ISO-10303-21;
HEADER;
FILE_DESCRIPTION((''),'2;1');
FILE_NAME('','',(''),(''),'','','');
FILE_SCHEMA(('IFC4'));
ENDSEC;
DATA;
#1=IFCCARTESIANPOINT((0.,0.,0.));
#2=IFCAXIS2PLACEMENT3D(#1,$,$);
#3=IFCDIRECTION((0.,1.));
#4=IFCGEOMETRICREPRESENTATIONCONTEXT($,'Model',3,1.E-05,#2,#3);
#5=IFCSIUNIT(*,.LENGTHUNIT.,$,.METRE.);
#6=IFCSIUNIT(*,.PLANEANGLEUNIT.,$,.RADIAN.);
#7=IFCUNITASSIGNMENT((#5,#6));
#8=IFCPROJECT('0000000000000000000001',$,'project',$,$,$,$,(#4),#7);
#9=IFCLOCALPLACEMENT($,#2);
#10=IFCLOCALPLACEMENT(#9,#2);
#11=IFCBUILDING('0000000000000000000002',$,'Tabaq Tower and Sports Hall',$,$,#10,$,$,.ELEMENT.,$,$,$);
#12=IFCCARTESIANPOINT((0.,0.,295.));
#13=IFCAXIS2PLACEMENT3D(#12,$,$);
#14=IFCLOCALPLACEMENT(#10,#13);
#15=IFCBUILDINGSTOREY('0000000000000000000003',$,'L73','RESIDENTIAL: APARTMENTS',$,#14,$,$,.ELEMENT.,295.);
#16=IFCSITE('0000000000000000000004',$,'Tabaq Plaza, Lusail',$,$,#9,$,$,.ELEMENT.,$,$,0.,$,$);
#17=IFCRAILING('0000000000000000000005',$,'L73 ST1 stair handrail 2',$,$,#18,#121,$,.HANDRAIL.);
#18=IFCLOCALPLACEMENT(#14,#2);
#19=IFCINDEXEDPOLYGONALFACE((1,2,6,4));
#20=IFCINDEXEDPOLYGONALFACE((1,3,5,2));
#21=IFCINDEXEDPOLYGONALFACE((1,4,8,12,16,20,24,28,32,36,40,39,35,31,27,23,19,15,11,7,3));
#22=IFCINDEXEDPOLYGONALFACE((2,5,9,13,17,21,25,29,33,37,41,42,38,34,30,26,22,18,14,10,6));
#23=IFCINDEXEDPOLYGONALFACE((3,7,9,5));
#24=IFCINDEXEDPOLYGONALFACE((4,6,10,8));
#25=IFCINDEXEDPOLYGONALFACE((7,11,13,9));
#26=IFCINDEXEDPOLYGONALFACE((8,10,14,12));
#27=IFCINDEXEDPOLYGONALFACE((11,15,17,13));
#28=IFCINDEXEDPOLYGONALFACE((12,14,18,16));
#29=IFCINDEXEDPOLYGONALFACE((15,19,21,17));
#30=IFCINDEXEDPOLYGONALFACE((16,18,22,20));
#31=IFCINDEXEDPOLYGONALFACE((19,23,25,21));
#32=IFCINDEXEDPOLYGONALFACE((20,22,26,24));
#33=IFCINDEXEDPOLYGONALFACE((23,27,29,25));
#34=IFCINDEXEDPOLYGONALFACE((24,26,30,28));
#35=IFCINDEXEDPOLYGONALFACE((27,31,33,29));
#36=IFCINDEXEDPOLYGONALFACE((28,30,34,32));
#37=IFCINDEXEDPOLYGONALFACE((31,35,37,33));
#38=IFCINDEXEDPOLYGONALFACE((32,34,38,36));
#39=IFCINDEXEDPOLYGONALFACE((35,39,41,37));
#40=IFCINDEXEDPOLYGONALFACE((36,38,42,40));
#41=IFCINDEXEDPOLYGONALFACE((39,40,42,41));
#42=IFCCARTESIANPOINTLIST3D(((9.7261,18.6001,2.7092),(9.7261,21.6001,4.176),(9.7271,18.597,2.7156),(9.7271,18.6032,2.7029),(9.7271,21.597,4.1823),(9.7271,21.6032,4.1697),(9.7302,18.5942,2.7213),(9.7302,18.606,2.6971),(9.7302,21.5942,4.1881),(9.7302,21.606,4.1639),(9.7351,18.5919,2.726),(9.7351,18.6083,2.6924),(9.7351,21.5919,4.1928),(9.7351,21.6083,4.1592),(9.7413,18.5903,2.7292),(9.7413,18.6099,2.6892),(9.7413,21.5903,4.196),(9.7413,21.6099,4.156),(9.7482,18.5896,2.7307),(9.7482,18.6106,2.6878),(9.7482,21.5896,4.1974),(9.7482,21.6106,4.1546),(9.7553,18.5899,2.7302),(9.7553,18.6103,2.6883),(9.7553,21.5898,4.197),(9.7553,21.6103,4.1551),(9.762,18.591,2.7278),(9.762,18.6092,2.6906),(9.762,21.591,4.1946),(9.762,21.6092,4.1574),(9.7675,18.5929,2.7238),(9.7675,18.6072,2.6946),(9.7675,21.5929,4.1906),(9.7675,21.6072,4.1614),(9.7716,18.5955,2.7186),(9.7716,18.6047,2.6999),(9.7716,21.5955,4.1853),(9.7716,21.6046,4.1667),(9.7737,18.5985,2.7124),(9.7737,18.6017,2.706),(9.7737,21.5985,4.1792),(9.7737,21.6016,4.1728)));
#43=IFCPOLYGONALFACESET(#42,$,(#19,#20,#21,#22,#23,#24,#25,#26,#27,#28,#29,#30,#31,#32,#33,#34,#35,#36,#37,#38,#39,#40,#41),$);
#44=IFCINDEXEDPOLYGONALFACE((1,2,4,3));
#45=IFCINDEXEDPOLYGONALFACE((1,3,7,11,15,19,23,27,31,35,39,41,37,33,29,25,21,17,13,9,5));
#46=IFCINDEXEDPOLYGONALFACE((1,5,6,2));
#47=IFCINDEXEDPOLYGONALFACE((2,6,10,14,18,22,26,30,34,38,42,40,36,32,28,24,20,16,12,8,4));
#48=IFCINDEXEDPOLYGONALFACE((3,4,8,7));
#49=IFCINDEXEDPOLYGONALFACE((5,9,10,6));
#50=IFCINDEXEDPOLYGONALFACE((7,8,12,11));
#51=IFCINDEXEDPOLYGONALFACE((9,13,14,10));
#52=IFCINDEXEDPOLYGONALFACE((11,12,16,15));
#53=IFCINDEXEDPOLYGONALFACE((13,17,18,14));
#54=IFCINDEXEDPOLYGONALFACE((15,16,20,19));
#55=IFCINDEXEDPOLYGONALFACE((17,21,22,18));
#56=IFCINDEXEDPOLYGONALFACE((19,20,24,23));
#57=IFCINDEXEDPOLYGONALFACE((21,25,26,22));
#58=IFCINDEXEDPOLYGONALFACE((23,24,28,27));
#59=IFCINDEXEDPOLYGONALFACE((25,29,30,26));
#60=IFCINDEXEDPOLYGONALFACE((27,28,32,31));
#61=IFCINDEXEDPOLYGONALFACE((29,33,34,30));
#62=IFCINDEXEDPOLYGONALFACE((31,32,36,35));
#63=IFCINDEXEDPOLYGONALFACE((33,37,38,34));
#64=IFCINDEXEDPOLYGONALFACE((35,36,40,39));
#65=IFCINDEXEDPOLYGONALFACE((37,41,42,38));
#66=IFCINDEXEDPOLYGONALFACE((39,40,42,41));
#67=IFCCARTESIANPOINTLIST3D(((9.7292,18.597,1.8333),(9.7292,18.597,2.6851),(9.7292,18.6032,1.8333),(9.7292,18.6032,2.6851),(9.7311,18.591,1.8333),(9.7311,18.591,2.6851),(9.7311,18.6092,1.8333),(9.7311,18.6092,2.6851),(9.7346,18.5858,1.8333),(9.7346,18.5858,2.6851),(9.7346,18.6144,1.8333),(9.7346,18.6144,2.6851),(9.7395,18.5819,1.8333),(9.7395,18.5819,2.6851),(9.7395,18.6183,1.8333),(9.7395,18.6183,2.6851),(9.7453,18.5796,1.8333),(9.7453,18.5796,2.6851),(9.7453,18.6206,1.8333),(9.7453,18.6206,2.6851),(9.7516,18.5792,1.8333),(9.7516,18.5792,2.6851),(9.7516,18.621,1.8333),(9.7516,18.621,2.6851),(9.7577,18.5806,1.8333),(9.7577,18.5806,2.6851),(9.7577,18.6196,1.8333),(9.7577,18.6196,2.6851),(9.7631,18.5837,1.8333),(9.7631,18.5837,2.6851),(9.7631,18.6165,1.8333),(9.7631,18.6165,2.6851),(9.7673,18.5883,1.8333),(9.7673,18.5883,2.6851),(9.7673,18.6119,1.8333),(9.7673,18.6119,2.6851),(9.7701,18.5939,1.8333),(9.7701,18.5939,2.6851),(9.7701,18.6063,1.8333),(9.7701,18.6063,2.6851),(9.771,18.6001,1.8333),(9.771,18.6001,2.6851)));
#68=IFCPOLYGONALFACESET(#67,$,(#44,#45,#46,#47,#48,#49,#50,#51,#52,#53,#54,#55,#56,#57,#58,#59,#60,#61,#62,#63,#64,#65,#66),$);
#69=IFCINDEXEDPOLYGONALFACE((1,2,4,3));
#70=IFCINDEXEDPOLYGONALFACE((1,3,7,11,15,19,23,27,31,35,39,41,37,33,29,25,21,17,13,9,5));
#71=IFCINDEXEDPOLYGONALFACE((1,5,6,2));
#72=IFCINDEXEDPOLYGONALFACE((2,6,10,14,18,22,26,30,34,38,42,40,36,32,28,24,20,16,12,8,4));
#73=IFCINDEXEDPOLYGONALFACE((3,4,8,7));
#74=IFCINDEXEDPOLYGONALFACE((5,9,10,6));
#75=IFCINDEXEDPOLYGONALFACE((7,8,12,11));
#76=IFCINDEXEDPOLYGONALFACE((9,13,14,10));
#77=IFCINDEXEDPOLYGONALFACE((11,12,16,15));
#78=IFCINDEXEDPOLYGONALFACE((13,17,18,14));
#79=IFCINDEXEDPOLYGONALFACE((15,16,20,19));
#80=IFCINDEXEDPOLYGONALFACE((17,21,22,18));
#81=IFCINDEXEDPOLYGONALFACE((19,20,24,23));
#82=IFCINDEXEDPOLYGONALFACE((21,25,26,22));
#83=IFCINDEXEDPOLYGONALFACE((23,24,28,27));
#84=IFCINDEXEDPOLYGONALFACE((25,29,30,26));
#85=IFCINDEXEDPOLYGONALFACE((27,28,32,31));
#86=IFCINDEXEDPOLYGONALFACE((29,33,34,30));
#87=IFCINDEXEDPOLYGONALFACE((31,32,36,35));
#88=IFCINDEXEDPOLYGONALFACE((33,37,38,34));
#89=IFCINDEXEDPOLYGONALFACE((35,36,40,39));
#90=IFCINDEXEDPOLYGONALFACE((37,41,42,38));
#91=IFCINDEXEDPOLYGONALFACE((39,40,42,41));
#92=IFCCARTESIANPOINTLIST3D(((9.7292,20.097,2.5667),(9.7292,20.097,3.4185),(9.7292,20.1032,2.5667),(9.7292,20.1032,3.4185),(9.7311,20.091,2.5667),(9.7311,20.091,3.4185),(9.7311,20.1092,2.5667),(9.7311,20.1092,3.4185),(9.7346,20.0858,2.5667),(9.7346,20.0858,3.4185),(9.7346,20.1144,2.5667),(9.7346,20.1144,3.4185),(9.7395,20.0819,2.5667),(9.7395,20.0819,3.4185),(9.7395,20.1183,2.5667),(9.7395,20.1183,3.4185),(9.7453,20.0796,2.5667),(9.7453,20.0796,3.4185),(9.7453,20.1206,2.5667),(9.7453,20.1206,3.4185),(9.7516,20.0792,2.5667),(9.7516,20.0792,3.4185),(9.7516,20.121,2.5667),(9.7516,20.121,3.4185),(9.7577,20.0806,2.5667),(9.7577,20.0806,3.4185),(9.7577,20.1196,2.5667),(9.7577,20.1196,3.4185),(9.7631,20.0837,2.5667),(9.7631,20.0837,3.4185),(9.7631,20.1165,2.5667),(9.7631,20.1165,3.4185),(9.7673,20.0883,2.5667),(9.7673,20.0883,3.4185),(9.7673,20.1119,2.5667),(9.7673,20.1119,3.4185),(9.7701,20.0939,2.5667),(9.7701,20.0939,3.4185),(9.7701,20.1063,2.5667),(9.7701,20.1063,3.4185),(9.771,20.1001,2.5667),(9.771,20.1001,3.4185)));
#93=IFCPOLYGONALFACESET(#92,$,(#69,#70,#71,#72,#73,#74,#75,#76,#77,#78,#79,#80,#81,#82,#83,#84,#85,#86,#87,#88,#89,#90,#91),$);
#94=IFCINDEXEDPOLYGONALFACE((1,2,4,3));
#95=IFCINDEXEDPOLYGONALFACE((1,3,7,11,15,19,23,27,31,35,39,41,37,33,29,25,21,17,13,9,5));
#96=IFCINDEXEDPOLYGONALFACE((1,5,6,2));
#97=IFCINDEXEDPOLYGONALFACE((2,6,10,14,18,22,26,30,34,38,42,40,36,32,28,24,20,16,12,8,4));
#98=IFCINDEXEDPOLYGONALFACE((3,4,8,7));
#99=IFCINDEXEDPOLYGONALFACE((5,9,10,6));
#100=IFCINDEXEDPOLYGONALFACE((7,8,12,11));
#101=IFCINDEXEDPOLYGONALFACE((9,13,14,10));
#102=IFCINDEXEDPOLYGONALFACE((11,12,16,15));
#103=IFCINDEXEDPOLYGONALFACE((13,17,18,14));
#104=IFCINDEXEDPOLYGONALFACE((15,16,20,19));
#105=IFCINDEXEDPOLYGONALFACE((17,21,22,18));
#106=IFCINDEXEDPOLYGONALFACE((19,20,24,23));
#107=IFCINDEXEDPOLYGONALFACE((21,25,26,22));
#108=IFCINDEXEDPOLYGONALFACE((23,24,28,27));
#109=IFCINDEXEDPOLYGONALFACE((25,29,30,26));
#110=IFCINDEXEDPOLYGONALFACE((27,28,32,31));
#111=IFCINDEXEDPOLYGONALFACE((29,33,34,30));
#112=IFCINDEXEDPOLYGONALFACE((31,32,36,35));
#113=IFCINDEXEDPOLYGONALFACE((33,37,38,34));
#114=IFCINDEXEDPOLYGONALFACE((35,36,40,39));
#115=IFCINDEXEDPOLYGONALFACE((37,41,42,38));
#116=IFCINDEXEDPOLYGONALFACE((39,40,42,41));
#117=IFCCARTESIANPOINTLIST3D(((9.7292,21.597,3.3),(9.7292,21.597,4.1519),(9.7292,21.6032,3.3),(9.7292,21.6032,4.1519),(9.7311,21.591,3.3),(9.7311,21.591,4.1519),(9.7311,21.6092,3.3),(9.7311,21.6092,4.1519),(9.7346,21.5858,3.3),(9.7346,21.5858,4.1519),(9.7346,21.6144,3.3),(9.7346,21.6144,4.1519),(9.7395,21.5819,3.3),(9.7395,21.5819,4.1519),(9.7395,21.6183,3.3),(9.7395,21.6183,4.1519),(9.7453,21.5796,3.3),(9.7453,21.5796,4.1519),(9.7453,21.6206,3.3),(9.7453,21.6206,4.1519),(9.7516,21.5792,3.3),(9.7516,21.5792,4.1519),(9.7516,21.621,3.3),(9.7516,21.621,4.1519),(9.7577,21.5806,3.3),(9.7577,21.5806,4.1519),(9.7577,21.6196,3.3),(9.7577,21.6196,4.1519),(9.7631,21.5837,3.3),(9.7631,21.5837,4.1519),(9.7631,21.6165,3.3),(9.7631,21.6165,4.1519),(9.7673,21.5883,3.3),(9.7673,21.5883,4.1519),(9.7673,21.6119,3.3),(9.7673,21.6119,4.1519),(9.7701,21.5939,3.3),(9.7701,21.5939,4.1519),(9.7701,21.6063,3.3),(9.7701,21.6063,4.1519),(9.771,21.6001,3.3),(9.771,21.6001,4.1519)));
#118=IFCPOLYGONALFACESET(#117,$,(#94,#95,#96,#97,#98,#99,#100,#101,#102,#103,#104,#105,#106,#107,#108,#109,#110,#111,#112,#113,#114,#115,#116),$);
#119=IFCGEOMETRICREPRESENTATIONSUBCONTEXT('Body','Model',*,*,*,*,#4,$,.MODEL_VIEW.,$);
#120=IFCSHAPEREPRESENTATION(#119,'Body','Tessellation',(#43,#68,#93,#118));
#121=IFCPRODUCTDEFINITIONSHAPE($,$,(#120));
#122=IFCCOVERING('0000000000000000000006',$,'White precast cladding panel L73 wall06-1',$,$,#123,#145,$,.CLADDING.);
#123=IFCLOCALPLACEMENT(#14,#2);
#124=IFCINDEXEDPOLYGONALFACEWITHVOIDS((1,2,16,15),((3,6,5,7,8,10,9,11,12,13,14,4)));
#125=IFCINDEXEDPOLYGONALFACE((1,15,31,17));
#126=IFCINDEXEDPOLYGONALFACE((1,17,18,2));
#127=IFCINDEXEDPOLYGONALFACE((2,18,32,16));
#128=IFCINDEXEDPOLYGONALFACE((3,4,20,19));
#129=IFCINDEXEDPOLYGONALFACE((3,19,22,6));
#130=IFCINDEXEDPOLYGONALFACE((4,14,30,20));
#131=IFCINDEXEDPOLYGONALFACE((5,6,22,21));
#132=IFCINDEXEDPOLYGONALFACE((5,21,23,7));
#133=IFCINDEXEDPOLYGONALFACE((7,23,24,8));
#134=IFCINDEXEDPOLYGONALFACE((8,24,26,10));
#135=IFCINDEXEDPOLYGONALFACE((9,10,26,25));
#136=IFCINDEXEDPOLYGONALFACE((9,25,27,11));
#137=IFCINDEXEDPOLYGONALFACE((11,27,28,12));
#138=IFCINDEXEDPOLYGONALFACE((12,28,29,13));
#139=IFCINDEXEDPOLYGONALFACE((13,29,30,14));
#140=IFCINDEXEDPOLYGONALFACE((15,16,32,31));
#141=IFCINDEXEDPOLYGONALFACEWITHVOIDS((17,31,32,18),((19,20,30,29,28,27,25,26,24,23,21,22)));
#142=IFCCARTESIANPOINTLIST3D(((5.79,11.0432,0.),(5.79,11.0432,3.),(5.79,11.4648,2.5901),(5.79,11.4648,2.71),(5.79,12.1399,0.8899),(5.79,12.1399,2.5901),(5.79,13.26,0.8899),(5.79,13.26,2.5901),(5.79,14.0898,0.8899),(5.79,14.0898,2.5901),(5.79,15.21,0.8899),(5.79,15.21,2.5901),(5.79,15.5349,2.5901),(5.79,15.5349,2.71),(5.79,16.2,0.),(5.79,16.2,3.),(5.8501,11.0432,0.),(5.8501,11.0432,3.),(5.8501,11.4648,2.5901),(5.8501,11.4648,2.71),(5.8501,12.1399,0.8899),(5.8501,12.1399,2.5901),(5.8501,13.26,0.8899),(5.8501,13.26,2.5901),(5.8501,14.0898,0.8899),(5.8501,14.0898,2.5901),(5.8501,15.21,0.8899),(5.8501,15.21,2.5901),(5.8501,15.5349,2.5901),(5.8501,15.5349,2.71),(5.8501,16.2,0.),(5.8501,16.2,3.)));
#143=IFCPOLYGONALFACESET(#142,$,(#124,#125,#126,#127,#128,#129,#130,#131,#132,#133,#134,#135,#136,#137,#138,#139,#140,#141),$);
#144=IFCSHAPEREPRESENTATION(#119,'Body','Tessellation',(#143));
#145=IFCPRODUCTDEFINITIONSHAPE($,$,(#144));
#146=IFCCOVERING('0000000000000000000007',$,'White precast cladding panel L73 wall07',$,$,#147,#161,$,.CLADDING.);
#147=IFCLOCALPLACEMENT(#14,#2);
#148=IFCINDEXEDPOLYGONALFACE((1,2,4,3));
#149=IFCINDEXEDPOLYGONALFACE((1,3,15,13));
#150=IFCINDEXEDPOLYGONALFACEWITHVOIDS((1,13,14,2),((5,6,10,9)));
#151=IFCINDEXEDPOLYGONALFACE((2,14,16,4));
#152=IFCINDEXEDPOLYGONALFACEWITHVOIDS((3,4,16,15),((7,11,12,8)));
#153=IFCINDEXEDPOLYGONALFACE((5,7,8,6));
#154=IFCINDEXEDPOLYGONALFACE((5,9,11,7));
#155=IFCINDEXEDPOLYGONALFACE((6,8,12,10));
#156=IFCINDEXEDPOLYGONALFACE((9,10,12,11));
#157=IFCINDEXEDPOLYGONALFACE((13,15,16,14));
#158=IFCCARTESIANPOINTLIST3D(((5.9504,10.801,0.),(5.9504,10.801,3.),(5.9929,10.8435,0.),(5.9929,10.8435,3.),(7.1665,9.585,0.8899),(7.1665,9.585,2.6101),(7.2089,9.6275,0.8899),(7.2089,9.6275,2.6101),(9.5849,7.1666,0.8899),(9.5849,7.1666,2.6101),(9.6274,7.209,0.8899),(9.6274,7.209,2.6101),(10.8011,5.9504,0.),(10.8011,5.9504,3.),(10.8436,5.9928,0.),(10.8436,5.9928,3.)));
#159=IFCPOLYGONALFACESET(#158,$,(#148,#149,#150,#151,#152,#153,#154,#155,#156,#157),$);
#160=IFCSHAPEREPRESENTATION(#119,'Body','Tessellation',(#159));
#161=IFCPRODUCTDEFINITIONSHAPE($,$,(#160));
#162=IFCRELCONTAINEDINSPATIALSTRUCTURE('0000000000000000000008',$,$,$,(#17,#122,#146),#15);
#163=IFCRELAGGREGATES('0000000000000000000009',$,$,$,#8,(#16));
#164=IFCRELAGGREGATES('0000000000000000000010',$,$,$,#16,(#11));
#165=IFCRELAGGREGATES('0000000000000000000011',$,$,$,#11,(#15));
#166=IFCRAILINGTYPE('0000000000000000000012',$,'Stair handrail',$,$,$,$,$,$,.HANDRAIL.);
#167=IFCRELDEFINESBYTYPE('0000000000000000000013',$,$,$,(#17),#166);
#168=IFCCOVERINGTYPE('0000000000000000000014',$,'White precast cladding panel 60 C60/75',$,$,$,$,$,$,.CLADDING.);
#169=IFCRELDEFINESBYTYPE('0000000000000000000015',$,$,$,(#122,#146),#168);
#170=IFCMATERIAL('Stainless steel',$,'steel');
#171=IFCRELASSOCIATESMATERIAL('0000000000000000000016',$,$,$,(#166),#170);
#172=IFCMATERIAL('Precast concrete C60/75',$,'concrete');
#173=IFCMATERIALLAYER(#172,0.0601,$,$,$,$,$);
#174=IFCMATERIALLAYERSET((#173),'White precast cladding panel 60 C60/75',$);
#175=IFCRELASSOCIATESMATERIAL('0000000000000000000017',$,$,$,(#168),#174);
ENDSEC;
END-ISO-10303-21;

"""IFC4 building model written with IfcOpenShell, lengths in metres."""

from ifc_helpers import new_model, si_unit, direction, frame, origin, origin_2d, place, context, subcontext, project, spatial, polyline, circle, outline, extrude, material, layer, layer_set, type_object, element, save


model = new_model("IFC4")

# Units and contexts
model_context = context("Model", 3, precision=1e-05, world=origin(), true_north=direction((0.0, 1.0)))
body_context = subcontext(model_context, "Body", "Model", "MODEL_VIEW")
ifc_project = project(units=[si_unit("LENGTHUNIT", "METRE"), si_unit("PLANEANGLEUNIT", "RADIAN")], contexts=[model_context])

# Site, building, storey
site_placement = place(None, origin())
site = spatial("IfcSite", under=ifc_project, at=site_placement, Name="Tabaq Plaza, Lusail", CompositionType="ELEMENT", RefElevation=0.0)
building_placement = place(site_placement, origin())
building = spatial("IfcBuilding", under=site, at=building_placement, Name="Tabaq Tower and Sports Hall", CompositionType="ELEMENT")
storey_placement = place(building_placement, frame((0.0, 0.0, 295.0)))
storey = spatial("IfcBuildingStorey", under=building, at=storey_placement, Name="L73", Description="RESIDENTIAL: APARTMENTS", CompositionType="ELEMENT", Elevation=295.0)

# Railing
ifc_material_1 = material(Name="Stainless steel", Category="steel")
railing_type_1 = type_object("IfcRailingType", Name="Stair handrail", PredefinedType="HANDRAIL", material=ifc_material_1)
railing_1_placement = place(storey_placement, frame((9.75, 18.6001, 1.8333)))
element("IfcRailing", 1, at=railing_1_placement, inside=storey, type_object=railing_type_1, Name="L73 ST1 stair handrail 2", PredefinedType="HANDRAIL", context=body_context, shape_type="SweptSolid", body=[
    extrude(circle(Radius=0.0239, at=origin_2d()), frame((0.0, 0.0, 0.876), z_axis=(0.0, 0.898369, 0.439242), x_axis=(-1.0, 0.0, 0.0)), (0.0, 0.0, 1.0), 3.3394),
    extrude(circle(Radius=0.021, at=origin_2d()), origin(), (0.0, 0.0, 1.0), 0.8518),
    extrude(circle(Radius=0.021, at=origin_2d()), frame((0.0, 1.5, 0.7334)), (0.0, 0.0, 1.0), 0.8518),
    extrude(circle(Radius=0.021, at=origin_2d()), frame((0.0, 3.0, 1.4668)), (0.0, 0.0, 1.0), 0.8518),
])

# Coverings
ifc_material_2 = material(Name="Precast concrete C60/75", Category="concrete")
ifc_layer_1 = layer(ifc_material_2, 0.0601)
ifc_layer_set_1 = layer_set([ifc_layer_1], Name="White precast cladding panel 60 C60/75")
covering_type = type_object("IfcCoveringType", Name="White precast cladding panel 60 C60/75", PredefinedType="CLADDING", material=ifc_layer_set_1)
covering_1_placement = place(storey_placement, frame((5.8201, 16.2, 0.0), z_axis=(0.0, 0.0, 1.0), x_axis=(0.0, -1.0, 0.0)))
element("IfcCovering", 2, at=covering_1_placement, inside=storey, type_object=covering_type, Name="White precast cladding panel L73 wall06-1", PredefinedType="CLADDING", context=body_context, shape_type="SweptSolid", body=[
    extrude(outline(polyline([(0.0, 0.0), (5.1567, 0.0), (5.1567, 3.0), (0.0, 3.0), (0.0, 0.0)]), holes=[polyline([(0.99, 2.5901), (0.665, 2.5901), (0.665, 2.71), (4.7351, 2.71), (4.7351, 2.5901), (4.0601, 2.5901), (4.0601, 0.8899), (2.9399, 0.8899), (2.9399, 2.5901), (2.1101, 2.5901), (2.1101, 0.8899), (0.99, 0.8899), (0.99, 2.5901)])]), frame((0.0, 0.03, 0.0), z_axis=(0.0, -1.0, 0.0), x_axis=(1.0, 0.0, 0.0)), (0.0, 0.0, 1.0), 0.0601),
])
covering_2_placement = place(storey_placement, frame((5.9717, 10.8223, 0.0), z_axis=(0.0, 0.0, 1.0), x_axis=(0.707107, -0.707107, 0.0)))
element("IfcCovering", 3, at=covering_2_placement, inside=storey, type_object=covering_type, Name="White precast cladding panel L73 wall07", PredefinedType="CLADDING", context=body_context, shape_type="SweptSolid", body=[
    extrude(outline(polyline([(0.0, 0.0), (6.8599, 0.0), (6.8599, 3.0), (0.0, 3.0), (0.0, 0.0)]), holes=[polyline([(1.7197, 0.8899), (1.7197, 2.6101), (5.1399, 2.6101), (5.1399, 0.8899), (1.7197, 0.8899)])]), frame((0.0, 0.03, 0.0), z_axis=(0.0, -1.0, 0.0), x_axis=(1.0, 0.0, 0.0)), (0.0, 0.0, 1.0), 0.0601),
])

save(model, "model.ifc")
